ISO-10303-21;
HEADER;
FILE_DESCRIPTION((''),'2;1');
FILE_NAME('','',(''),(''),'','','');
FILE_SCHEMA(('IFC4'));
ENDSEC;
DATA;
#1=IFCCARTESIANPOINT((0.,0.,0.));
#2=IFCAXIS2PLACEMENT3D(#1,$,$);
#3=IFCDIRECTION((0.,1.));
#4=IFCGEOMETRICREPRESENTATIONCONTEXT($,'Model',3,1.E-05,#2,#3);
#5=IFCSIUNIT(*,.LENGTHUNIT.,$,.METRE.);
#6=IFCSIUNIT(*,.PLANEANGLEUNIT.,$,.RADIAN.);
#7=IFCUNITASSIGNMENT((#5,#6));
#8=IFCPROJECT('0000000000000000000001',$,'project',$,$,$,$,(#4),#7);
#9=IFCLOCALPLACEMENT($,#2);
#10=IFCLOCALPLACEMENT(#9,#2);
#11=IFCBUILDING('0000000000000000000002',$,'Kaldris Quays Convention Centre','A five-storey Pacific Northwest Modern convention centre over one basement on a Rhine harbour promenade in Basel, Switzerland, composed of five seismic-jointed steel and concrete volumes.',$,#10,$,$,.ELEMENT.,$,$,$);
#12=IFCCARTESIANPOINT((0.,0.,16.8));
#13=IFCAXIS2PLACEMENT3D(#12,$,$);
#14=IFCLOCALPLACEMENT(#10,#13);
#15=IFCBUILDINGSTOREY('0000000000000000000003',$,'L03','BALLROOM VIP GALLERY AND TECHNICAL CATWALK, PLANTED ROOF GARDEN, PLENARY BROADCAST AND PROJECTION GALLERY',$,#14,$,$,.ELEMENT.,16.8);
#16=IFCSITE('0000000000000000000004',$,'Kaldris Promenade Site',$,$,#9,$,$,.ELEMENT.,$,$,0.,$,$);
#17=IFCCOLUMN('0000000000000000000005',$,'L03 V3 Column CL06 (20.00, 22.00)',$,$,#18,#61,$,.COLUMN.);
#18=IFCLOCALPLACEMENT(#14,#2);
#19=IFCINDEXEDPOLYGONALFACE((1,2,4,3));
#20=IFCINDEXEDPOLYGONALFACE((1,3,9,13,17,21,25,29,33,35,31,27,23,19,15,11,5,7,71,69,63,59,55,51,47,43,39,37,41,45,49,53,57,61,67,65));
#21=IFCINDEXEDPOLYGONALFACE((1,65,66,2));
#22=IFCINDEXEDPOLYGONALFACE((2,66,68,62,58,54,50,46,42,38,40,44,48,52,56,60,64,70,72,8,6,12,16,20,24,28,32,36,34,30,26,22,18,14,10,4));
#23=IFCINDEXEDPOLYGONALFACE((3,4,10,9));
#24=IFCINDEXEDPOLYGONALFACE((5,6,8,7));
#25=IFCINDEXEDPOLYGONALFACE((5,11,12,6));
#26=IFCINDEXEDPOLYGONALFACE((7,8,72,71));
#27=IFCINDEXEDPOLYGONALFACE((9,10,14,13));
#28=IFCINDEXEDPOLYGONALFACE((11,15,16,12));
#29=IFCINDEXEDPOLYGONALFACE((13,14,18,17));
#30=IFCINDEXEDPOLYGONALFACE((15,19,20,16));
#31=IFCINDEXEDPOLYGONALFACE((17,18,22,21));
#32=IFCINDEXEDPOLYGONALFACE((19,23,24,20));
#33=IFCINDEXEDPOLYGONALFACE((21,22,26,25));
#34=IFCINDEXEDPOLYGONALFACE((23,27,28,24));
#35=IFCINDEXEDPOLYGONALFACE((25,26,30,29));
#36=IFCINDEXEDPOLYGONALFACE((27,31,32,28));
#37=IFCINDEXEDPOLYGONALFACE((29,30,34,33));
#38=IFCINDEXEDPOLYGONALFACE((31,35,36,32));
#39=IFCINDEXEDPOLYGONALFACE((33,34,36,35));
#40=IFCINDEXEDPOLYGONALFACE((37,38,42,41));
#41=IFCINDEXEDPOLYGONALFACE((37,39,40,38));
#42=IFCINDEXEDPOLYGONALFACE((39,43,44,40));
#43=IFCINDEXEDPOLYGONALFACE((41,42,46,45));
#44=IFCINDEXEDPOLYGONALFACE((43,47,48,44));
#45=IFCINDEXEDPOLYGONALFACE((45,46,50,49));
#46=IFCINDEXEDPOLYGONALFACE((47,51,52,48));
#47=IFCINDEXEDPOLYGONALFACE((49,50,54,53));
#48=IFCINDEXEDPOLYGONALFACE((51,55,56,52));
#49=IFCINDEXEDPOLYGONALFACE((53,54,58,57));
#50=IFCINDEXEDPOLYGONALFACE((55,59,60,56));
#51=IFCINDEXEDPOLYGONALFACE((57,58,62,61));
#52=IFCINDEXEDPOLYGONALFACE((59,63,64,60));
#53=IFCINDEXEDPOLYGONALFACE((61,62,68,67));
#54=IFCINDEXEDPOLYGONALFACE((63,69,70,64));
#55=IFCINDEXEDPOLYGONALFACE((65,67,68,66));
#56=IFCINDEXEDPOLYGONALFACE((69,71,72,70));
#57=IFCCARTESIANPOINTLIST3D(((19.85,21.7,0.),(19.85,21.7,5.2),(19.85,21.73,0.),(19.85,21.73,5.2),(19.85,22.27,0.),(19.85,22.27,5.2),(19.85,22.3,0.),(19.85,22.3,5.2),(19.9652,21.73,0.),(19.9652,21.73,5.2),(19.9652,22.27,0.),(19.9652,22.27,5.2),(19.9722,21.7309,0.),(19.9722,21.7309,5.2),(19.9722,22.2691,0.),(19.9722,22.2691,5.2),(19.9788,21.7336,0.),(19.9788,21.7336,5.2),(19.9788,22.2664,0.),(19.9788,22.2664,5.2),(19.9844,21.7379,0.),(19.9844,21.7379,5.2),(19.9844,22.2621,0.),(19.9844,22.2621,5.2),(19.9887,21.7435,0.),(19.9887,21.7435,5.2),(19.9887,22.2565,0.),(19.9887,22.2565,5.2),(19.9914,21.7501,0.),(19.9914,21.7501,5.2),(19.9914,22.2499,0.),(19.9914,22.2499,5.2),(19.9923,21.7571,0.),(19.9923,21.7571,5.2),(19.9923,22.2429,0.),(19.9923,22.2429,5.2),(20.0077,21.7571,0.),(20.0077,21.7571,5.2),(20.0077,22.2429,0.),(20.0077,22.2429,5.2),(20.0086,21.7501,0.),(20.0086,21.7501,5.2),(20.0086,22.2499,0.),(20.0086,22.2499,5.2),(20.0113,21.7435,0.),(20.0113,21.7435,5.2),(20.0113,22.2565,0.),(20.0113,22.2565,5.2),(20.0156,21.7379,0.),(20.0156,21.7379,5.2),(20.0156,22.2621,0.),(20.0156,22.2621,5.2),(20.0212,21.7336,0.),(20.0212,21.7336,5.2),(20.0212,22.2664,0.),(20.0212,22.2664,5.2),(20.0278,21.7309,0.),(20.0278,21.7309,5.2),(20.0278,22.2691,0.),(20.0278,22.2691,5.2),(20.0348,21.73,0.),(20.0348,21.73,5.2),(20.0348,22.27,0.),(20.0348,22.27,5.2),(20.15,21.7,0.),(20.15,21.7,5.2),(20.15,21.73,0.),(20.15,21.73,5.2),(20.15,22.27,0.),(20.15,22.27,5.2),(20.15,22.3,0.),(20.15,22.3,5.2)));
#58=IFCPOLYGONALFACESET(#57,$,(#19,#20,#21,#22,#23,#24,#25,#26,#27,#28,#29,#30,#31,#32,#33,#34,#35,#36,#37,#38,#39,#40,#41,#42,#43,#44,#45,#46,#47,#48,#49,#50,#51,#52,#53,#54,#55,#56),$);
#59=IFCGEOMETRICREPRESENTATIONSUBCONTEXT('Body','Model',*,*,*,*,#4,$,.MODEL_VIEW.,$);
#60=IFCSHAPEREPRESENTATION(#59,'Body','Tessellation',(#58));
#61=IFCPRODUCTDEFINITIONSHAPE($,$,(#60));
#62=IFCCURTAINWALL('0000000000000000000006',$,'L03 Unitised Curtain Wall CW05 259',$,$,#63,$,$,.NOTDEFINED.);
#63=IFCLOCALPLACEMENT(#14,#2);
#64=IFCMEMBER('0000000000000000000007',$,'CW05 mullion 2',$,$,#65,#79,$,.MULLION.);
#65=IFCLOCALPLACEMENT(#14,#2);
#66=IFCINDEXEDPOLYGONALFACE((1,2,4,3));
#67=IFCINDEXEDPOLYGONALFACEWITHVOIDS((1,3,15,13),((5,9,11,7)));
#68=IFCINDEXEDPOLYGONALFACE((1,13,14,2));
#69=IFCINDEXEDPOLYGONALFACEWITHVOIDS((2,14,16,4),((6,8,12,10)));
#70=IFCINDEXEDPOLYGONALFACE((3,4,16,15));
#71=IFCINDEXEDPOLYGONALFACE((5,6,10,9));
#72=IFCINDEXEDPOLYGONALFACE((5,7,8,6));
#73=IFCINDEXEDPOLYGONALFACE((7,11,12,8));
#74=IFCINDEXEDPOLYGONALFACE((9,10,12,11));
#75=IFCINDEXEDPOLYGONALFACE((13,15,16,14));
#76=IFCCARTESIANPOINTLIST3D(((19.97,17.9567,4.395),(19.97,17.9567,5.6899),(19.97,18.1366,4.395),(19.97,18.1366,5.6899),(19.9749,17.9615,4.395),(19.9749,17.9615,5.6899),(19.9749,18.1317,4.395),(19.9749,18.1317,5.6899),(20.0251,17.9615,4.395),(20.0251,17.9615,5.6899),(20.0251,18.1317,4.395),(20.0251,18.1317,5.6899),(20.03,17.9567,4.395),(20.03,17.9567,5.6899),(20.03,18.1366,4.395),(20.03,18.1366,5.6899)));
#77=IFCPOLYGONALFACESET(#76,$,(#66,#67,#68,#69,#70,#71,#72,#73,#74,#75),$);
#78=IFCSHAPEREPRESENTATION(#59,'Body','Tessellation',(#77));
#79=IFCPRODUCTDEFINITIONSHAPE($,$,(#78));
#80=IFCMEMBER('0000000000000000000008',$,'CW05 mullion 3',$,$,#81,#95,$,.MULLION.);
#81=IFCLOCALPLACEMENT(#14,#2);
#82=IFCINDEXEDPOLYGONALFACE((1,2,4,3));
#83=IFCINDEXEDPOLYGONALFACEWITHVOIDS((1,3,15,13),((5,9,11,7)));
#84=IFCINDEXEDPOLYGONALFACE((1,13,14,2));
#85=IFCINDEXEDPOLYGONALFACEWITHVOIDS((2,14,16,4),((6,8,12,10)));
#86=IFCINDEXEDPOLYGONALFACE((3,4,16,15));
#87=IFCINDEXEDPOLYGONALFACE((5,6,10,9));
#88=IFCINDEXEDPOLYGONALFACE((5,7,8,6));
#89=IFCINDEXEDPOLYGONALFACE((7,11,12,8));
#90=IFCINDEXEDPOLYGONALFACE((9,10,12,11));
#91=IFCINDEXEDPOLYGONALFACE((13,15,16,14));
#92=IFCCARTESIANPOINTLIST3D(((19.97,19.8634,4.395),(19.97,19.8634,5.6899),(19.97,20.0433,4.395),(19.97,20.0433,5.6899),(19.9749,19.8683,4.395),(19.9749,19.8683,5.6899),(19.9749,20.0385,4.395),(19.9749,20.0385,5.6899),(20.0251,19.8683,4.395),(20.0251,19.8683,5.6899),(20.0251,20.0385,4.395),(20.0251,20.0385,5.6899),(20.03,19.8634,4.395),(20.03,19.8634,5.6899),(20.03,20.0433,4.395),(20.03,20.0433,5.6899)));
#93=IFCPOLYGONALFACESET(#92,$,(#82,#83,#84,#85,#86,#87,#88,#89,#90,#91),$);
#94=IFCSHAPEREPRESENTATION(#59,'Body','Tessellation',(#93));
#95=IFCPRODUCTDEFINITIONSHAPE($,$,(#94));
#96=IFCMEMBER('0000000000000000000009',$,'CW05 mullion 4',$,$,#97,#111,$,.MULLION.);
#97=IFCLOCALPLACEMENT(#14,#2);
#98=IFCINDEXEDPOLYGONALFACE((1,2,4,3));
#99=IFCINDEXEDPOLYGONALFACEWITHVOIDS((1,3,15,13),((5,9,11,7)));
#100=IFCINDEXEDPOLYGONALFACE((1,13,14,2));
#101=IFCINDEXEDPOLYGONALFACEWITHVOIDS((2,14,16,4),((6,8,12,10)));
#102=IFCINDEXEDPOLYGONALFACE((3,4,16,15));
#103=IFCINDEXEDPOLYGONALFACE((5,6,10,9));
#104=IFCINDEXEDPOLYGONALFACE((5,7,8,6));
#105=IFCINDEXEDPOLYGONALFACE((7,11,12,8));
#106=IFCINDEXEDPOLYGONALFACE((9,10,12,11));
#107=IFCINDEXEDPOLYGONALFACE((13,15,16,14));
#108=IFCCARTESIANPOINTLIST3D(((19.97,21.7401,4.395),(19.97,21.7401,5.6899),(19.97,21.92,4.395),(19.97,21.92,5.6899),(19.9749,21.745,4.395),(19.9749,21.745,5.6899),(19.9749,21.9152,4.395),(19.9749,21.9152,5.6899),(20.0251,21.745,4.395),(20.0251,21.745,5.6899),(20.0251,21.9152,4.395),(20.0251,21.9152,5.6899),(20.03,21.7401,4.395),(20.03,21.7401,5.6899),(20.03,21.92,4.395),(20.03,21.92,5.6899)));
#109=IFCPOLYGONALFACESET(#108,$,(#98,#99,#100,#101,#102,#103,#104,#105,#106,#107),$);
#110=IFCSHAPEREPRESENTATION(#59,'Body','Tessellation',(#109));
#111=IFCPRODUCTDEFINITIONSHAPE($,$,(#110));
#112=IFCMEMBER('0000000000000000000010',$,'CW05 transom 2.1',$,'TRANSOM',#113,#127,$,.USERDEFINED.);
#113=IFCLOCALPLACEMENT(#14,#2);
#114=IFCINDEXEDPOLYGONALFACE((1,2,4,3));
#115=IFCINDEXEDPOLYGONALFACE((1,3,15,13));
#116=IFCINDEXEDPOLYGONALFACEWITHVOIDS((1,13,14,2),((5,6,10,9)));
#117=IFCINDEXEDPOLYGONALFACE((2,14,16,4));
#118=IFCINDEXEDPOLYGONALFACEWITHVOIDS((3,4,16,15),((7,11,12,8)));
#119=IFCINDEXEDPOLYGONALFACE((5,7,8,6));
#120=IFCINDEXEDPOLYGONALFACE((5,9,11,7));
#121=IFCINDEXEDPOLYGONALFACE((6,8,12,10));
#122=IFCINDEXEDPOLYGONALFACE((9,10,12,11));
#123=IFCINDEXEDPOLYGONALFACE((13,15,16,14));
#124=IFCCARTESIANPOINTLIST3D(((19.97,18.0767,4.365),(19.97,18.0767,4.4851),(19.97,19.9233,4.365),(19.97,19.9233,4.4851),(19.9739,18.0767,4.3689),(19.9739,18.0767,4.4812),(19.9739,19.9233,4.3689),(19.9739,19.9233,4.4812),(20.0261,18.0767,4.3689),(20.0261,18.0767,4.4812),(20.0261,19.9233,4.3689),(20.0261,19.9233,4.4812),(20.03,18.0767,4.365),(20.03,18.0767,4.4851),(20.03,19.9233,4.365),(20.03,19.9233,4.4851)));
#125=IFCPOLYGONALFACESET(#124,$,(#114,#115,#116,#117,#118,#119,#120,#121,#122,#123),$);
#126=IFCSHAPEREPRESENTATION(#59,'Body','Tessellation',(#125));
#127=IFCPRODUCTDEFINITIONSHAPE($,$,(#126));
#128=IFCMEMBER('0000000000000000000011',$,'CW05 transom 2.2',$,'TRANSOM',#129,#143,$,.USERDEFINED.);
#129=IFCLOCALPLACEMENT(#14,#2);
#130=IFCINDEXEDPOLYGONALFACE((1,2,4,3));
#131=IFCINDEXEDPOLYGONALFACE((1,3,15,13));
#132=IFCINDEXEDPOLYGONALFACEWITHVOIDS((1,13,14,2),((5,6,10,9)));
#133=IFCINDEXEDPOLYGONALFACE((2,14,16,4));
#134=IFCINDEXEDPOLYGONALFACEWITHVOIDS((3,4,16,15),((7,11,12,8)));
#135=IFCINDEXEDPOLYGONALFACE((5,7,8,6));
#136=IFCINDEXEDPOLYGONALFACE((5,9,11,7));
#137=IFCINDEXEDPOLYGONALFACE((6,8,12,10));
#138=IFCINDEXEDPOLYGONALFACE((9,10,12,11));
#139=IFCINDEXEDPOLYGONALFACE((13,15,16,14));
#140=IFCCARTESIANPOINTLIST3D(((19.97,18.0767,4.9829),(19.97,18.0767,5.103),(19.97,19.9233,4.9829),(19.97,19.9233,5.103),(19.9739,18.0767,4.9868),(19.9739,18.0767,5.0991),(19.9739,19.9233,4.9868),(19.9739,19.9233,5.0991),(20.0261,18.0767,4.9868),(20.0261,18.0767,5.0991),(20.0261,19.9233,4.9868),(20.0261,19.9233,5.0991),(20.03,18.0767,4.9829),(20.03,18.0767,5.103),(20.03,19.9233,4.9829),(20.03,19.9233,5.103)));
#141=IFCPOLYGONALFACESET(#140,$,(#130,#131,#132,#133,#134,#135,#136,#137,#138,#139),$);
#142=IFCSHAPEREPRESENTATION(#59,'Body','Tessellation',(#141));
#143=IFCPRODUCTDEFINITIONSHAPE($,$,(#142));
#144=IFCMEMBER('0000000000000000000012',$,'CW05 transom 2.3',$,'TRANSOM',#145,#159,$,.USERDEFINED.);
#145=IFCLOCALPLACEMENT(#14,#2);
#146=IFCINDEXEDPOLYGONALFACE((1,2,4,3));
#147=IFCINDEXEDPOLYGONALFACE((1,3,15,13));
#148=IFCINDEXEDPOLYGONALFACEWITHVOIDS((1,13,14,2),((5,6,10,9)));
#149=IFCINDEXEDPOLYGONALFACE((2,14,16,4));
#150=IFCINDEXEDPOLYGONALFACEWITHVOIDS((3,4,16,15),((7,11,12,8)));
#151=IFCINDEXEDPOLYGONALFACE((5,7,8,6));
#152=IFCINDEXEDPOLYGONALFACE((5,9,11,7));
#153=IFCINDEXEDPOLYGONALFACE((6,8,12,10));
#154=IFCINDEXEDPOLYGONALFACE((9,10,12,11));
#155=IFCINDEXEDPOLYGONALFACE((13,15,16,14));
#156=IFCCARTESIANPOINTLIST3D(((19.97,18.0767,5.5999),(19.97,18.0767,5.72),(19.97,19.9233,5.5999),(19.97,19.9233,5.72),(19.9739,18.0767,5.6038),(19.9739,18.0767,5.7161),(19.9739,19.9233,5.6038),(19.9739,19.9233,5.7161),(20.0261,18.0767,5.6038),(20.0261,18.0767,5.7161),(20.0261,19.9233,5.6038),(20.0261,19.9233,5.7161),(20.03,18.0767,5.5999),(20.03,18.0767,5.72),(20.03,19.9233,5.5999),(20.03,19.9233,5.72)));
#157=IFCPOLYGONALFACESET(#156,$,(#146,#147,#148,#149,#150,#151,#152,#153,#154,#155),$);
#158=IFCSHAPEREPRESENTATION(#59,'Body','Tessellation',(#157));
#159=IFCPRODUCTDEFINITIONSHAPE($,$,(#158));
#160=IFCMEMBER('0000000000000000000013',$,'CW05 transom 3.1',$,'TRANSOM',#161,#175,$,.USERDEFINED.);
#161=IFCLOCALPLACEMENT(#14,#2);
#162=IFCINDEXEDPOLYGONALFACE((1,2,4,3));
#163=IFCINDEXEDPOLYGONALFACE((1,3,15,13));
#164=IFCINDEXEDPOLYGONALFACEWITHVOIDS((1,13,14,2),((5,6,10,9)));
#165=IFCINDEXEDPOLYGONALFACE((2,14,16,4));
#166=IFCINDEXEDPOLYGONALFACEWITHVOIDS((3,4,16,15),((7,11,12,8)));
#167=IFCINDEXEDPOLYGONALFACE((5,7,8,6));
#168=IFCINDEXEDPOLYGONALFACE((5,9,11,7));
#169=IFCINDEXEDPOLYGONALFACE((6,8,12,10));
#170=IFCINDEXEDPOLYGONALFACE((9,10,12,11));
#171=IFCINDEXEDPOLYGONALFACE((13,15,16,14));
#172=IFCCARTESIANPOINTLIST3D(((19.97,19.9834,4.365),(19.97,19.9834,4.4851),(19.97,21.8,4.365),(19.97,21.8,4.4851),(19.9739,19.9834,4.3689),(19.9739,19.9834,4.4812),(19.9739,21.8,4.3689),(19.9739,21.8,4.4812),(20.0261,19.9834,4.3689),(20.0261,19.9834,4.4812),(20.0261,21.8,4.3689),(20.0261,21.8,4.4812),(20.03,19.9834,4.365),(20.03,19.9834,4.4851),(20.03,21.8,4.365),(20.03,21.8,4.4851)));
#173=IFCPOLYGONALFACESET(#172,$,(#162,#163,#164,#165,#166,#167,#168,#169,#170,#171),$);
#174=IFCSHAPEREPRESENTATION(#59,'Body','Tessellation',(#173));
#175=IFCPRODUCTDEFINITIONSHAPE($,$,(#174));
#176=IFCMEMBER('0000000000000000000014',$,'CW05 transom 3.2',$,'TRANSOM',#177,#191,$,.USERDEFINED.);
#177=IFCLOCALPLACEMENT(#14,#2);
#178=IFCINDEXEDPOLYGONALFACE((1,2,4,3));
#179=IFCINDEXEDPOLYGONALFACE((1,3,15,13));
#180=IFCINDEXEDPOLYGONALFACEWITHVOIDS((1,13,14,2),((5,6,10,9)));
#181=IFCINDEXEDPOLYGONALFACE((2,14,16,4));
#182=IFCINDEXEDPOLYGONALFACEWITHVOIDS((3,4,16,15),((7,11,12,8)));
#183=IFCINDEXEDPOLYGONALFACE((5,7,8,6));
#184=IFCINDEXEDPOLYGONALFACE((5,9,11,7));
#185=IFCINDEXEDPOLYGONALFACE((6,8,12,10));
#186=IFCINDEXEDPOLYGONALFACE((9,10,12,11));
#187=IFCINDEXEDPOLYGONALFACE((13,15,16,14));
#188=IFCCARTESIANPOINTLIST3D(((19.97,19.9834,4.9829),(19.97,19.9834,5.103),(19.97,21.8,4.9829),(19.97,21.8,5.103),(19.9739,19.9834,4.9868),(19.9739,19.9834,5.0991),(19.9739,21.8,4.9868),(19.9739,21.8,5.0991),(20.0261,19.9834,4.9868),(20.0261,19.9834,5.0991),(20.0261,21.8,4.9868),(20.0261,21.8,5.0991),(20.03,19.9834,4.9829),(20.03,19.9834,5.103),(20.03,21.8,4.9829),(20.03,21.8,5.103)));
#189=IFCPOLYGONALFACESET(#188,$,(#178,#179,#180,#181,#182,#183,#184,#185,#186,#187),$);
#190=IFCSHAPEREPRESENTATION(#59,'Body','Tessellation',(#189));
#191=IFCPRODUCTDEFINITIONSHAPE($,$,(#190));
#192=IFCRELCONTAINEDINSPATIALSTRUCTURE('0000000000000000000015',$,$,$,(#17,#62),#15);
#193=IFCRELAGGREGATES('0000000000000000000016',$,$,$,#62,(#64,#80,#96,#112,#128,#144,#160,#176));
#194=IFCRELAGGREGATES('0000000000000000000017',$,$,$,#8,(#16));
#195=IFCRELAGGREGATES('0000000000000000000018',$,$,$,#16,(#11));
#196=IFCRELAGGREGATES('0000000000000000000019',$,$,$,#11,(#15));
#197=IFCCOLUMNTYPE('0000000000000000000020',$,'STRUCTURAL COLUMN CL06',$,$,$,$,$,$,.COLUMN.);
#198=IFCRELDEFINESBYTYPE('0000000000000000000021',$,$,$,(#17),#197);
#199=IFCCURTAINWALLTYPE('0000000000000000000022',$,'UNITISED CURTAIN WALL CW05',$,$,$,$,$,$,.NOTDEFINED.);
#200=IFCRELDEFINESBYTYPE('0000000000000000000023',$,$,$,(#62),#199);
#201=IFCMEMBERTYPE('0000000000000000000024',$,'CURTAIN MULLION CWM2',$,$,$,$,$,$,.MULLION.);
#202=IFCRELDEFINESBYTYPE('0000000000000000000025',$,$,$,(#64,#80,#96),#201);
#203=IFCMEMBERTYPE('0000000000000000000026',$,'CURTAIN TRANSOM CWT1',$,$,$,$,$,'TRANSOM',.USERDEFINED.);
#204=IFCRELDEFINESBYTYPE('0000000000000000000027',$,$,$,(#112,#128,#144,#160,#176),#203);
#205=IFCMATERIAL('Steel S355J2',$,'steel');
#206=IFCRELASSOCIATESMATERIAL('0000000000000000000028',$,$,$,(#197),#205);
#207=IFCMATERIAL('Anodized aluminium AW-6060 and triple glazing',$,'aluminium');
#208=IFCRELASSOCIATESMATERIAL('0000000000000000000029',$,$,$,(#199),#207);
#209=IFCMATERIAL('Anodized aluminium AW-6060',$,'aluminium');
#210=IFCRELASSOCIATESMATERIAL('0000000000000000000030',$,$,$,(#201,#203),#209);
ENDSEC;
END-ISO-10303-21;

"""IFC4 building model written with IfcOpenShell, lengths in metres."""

from ifc_helpers import new_model, si_unit, direction, frame, origin, origin_2d, place, context, subcontext, project, spatial, hollow_rectangle, i_section, extrude, material, material_profile, profile_set, type_object, element, aggregate, save


model = new_model("IFC4")

# Units and contexts
model_context = context("Model", 3, precision=1e-05, world=origin(), true_north=direction((0.0, 1.0)))
body_context = subcontext(model_context, "Body", "Model", "MODEL_VIEW")
ifc_project = project(units=[si_unit("LENGTHUNIT", "METRE"), si_unit("PLANEANGLEUNIT", "RADIAN")], contexts=[model_context])

# Site, building, storey
site_placement = place(None, origin())
site = spatial("IfcSite", under=ifc_project, at=site_placement, Name="Kaldris Promenade Site", CompositionType="ELEMENT", RefElevation=0.0)
building_placement = place(site_placement, origin())
building = spatial("IfcBuilding", under=site, at=building_placement, Name="Kaldris Quays Convention Centre", Description="A five-storey Pacific Northwest Modern convention centre over one basement on a Rhine harbour promenade in Basel, Switzerland, composed of five seismic-jointed steel and concrete volumes.", CompositionType="ELEMENT")
storey_placement = place(building_placement, frame((0.0, 0.0, 16.8)))
storey = spatial("IfcBuildingStorey", under=building, at=storey_placement, Name="L03", Description="BALLROOM VIP GALLERY AND TECHNICAL CATWALK, PLANTED ROOF GARDEN, PLENARY BROADCAST AND PROJECTION GALLERY", CompositionType="ELEMENT", Elevation=16.8)

# Column
ifc_material_1 = material(Name="Steel S355J2", Category="steel")
ifc_material_profile_1 = material_profile(ifc_material_1, i_section(OverallWidth=0.3, OverallDepth=0.6001, WebThickness=0.0154, FlangeThickness=0.03, FilletRadius=0.0271, at=origin_2d()), Name="HEB 600")
ifc_profile_set_1 = profile_set([ifc_material_profile_1], Name="Steel S355J2")
column_type = type_object("IfcColumnType", Name="STRUCTURAL COLUMN CL06", PredefinedType="COLUMN", material=ifc_profile_set_1)
column_placement = place(storey_placement, frame((20.0, 22.0, 0.0), z_axis=(0.0, 0.0, 1.0), x_axis=(1.0, 0.0, 0.0)))
element("IfcColumn", 1, at=column_placement, inside=storey, type_object=column_type, Name="L03 V3 Column CL06 (20.00, 22.00)", PredefinedType="COLUMN", context=body_context, shape_type="SweptSolid", body=[
    extrude(i_section(OverallWidth=0.3, OverallDepth=0.6001, WebThickness=0.0154, FlangeThickness=0.03, FilletRadius=0.0271, at=origin_2d()), origin(), (0.0, 0.0, 1.0), 5.2),
])

# Curtain wall, members
ifc_material_2 = material(Name="Anodized aluminium AW-6060 and triple glazing", Category="aluminium")
curtain_wall_type = type_object("IfcCurtainWallType", Name="UNITISED CURTAIN WALL CW05", PredefinedType="NOTDEFINED", material=ifc_material_2)
curtain_wall_placement = place(storey_placement, origin())
curtain_wall = element("IfcCurtainWall", 2, at=curtain_wall_placement, inside=storey, type_object=curtain_wall_type, Name="L03 Unitised Curtain Wall CW05 259", PredefinedType="NOTDEFINED")
ifc_material_3 = material(Name="Anodized aluminium AW-6060", Category="aluminium")
ifc_material_profile_2 = material_profile(ifc_material_3, hollow_rectangle(XDim=0.0601, YDim=0.1799, WallThickness=0.0049, at=origin_2d()), Name="RHS 180x60x5")
ifc_profile_set_2 = profile_set([ifc_material_profile_2], Name="Anodized aluminium AW-6060")
member_type_1 = type_object("IfcMemberType", Name="CURTAIN MULLION CWM2", PredefinedType="MULLION", material=ifc_profile_set_2)
member_1_placement = place(storey_placement, frame((20.0, 18.0466, 4.395), z_axis=(0.0, 0.0, 1.0), x_axis=(-1.0, 0.0, 0.0)))
member_1 = element("IfcMember", 3, at=member_1_placement, type_object=member_type_1, Name="CW05 mullion 2", PredefinedType="MULLION", context=body_context, shape_type="SweptSolid", body=[
    extrude(hollow_rectangle(XDim=0.0601, YDim=0.1799, WallThickness=0.0049, at=origin_2d()), origin(), (0.0, 0.0, 1.0), 1.2949),
])
member_2_placement = place(storey_placement, frame((20.0, 19.9534, 4.395), z_axis=(0.0, 0.0, 1.0), x_axis=(-1.0, 0.0, 0.0)))
member_2 = element("IfcMember", 4, at=member_2_placement, type_object=member_type_1, Name="CW05 mullion 3", PredefinedType="MULLION", context=body_context, shape_type="SweptSolid", body=[
    extrude(hollow_rectangle(XDim=0.0601, YDim=0.1799, WallThickness=0.0049, at=origin_2d()), origin(), (0.0, 0.0, 1.0), 1.2949),
])
member_3_placement = place(storey_placement, frame((20.0, 21.8301, 4.395), z_axis=(0.0, 0.0, 1.0), x_axis=(-1.0, 0.0, 0.0)))
member_3 = element("IfcMember", 5, at=member_3_placement, type_object=member_type_1, Name="CW05 mullion 4", PredefinedType="MULLION", context=body_context, shape_type="SweptSolid", body=[
    extrude(hollow_rectangle(XDim=0.0601, YDim=0.1799, WallThickness=0.0049, at=origin_2d()), origin(), (0.0, 0.0, 1.0), 1.2949),
])
ifc_material_profile_3 = material_profile(ifc_material_3, hollow_rectangle(XDim=0.0601, YDim=0.1201, WallThickness=0.0039, at=origin_2d()), Name="RHS 120x60x4")
ifc_profile_set_3 = profile_set([ifc_material_profile_3], Name="Anodized aluminium AW-6060")
member_type_2 = type_object("IfcMemberType", Name="CURTAIN TRANSOM CWT1", ElementType="TRANSOM", PredefinedType="USERDEFINED", material=ifc_profile_set_3)
member_4_placement = place(storey_placement, frame((20.0, 18.0767, 4.425), z_axis=(0.0, 1.0, 0.0), x_axis=(-1.0, 0.0, 0.0)))
member_4 = element("IfcMember", 6, at=member_4_placement, type_object=member_type_2, Name="CW05 transom 2.1", ObjectType="TRANSOM", PredefinedType="USERDEFINED", context=body_context, shape_type="SweptSolid", body=[
    extrude(hollow_rectangle(XDim=0.0601, YDim=0.1201, WallThickness=0.0039, at=origin_2d()), origin(), (0.0, 0.0, 1.0), 1.8467),
])
member_5_placement = place(storey_placement, frame((20.0, 18.0767, 5.043), z_axis=(0.0, 1.0, 0.0), x_axis=(-1.0, 0.0, 0.0)))
member_5 = element("IfcMember", 7, at=member_5_placement, type_object=member_type_2, Name="CW05 transom 2.2", ObjectType="TRANSOM", PredefinedType="USERDEFINED", context=body_context, shape_type="SweptSolid", body=[
    extrude(hollow_rectangle(XDim=0.0601, YDim=0.1201, WallThickness=0.0039, at=origin_2d()), origin(), (0.0, 0.0, 1.0), 1.8467),
])
member_6_placement = place(storey_placement, frame((20.0, 18.0767, 5.6599), z_axis=(0.0, 1.0, 0.0), x_axis=(-1.0, 0.0, 0.0)))
member_6 = element("IfcMember", 8, at=member_6_placement, type_object=member_type_2, Name="CW05 transom 2.3", ObjectType="TRANSOM", PredefinedType="USERDEFINED", context=body_context, shape_type="SweptSolid", body=[
    extrude(hollow_rectangle(XDim=0.0601, YDim=0.1201, WallThickness=0.0039, at=origin_2d()), origin(), (0.0, 0.0, 1.0), 1.8467),
])
member_7_placement = place(storey_placement, frame((20.0, 19.9834, 4.425), z_axis=(0.0, 1.0, 0.0), x_axis=(-1.0, 0.0, 0.0)))
member_7 = element("IfcMember", 9, at=member_7_placement, type_object=member_type_2, Name="CW05 transom 3.1", ObjectType="TRANSOM", PredefinedType="USERDEFINED", context=body_context, shape_type="SweptSolid", body=[
    extrude(hollow_rectangle(XDim=0.0601, YDim=0.1201, WallThickness=0.0039, at=origin_2d()), origin(), (0.0, 0.0, 1.0), 1.8167),
])
member_8_placement = place(storey_placement, frame((20.0, 19.9834, 5.043), z_axis=(0.0, 1.0, 0.0), x_axis=(-1.0, 0.0, 0.0)))
member_8 = element("IfcMember", 10, at=member_8_placement, type_object=member_type_2, Name="CW05 transom 3.2", ObjectType="TRANSOM", PredefinedType="USERDEFINED", context=body_context, shape_type="SweptSolid", body=[
    extrude(hollow_rectangle(XDim=0.0601, YDim=0.1201, WallThickness=0.0039, at=origin_2d()), origin(), (0.0, 0.0, 1.0), 1.8167),
])

aggregate(curtain_wall, [member_1, member_2, member_3, member_4, member_5, member_6, member_7, member_8])

save(model, "model.ifc")
